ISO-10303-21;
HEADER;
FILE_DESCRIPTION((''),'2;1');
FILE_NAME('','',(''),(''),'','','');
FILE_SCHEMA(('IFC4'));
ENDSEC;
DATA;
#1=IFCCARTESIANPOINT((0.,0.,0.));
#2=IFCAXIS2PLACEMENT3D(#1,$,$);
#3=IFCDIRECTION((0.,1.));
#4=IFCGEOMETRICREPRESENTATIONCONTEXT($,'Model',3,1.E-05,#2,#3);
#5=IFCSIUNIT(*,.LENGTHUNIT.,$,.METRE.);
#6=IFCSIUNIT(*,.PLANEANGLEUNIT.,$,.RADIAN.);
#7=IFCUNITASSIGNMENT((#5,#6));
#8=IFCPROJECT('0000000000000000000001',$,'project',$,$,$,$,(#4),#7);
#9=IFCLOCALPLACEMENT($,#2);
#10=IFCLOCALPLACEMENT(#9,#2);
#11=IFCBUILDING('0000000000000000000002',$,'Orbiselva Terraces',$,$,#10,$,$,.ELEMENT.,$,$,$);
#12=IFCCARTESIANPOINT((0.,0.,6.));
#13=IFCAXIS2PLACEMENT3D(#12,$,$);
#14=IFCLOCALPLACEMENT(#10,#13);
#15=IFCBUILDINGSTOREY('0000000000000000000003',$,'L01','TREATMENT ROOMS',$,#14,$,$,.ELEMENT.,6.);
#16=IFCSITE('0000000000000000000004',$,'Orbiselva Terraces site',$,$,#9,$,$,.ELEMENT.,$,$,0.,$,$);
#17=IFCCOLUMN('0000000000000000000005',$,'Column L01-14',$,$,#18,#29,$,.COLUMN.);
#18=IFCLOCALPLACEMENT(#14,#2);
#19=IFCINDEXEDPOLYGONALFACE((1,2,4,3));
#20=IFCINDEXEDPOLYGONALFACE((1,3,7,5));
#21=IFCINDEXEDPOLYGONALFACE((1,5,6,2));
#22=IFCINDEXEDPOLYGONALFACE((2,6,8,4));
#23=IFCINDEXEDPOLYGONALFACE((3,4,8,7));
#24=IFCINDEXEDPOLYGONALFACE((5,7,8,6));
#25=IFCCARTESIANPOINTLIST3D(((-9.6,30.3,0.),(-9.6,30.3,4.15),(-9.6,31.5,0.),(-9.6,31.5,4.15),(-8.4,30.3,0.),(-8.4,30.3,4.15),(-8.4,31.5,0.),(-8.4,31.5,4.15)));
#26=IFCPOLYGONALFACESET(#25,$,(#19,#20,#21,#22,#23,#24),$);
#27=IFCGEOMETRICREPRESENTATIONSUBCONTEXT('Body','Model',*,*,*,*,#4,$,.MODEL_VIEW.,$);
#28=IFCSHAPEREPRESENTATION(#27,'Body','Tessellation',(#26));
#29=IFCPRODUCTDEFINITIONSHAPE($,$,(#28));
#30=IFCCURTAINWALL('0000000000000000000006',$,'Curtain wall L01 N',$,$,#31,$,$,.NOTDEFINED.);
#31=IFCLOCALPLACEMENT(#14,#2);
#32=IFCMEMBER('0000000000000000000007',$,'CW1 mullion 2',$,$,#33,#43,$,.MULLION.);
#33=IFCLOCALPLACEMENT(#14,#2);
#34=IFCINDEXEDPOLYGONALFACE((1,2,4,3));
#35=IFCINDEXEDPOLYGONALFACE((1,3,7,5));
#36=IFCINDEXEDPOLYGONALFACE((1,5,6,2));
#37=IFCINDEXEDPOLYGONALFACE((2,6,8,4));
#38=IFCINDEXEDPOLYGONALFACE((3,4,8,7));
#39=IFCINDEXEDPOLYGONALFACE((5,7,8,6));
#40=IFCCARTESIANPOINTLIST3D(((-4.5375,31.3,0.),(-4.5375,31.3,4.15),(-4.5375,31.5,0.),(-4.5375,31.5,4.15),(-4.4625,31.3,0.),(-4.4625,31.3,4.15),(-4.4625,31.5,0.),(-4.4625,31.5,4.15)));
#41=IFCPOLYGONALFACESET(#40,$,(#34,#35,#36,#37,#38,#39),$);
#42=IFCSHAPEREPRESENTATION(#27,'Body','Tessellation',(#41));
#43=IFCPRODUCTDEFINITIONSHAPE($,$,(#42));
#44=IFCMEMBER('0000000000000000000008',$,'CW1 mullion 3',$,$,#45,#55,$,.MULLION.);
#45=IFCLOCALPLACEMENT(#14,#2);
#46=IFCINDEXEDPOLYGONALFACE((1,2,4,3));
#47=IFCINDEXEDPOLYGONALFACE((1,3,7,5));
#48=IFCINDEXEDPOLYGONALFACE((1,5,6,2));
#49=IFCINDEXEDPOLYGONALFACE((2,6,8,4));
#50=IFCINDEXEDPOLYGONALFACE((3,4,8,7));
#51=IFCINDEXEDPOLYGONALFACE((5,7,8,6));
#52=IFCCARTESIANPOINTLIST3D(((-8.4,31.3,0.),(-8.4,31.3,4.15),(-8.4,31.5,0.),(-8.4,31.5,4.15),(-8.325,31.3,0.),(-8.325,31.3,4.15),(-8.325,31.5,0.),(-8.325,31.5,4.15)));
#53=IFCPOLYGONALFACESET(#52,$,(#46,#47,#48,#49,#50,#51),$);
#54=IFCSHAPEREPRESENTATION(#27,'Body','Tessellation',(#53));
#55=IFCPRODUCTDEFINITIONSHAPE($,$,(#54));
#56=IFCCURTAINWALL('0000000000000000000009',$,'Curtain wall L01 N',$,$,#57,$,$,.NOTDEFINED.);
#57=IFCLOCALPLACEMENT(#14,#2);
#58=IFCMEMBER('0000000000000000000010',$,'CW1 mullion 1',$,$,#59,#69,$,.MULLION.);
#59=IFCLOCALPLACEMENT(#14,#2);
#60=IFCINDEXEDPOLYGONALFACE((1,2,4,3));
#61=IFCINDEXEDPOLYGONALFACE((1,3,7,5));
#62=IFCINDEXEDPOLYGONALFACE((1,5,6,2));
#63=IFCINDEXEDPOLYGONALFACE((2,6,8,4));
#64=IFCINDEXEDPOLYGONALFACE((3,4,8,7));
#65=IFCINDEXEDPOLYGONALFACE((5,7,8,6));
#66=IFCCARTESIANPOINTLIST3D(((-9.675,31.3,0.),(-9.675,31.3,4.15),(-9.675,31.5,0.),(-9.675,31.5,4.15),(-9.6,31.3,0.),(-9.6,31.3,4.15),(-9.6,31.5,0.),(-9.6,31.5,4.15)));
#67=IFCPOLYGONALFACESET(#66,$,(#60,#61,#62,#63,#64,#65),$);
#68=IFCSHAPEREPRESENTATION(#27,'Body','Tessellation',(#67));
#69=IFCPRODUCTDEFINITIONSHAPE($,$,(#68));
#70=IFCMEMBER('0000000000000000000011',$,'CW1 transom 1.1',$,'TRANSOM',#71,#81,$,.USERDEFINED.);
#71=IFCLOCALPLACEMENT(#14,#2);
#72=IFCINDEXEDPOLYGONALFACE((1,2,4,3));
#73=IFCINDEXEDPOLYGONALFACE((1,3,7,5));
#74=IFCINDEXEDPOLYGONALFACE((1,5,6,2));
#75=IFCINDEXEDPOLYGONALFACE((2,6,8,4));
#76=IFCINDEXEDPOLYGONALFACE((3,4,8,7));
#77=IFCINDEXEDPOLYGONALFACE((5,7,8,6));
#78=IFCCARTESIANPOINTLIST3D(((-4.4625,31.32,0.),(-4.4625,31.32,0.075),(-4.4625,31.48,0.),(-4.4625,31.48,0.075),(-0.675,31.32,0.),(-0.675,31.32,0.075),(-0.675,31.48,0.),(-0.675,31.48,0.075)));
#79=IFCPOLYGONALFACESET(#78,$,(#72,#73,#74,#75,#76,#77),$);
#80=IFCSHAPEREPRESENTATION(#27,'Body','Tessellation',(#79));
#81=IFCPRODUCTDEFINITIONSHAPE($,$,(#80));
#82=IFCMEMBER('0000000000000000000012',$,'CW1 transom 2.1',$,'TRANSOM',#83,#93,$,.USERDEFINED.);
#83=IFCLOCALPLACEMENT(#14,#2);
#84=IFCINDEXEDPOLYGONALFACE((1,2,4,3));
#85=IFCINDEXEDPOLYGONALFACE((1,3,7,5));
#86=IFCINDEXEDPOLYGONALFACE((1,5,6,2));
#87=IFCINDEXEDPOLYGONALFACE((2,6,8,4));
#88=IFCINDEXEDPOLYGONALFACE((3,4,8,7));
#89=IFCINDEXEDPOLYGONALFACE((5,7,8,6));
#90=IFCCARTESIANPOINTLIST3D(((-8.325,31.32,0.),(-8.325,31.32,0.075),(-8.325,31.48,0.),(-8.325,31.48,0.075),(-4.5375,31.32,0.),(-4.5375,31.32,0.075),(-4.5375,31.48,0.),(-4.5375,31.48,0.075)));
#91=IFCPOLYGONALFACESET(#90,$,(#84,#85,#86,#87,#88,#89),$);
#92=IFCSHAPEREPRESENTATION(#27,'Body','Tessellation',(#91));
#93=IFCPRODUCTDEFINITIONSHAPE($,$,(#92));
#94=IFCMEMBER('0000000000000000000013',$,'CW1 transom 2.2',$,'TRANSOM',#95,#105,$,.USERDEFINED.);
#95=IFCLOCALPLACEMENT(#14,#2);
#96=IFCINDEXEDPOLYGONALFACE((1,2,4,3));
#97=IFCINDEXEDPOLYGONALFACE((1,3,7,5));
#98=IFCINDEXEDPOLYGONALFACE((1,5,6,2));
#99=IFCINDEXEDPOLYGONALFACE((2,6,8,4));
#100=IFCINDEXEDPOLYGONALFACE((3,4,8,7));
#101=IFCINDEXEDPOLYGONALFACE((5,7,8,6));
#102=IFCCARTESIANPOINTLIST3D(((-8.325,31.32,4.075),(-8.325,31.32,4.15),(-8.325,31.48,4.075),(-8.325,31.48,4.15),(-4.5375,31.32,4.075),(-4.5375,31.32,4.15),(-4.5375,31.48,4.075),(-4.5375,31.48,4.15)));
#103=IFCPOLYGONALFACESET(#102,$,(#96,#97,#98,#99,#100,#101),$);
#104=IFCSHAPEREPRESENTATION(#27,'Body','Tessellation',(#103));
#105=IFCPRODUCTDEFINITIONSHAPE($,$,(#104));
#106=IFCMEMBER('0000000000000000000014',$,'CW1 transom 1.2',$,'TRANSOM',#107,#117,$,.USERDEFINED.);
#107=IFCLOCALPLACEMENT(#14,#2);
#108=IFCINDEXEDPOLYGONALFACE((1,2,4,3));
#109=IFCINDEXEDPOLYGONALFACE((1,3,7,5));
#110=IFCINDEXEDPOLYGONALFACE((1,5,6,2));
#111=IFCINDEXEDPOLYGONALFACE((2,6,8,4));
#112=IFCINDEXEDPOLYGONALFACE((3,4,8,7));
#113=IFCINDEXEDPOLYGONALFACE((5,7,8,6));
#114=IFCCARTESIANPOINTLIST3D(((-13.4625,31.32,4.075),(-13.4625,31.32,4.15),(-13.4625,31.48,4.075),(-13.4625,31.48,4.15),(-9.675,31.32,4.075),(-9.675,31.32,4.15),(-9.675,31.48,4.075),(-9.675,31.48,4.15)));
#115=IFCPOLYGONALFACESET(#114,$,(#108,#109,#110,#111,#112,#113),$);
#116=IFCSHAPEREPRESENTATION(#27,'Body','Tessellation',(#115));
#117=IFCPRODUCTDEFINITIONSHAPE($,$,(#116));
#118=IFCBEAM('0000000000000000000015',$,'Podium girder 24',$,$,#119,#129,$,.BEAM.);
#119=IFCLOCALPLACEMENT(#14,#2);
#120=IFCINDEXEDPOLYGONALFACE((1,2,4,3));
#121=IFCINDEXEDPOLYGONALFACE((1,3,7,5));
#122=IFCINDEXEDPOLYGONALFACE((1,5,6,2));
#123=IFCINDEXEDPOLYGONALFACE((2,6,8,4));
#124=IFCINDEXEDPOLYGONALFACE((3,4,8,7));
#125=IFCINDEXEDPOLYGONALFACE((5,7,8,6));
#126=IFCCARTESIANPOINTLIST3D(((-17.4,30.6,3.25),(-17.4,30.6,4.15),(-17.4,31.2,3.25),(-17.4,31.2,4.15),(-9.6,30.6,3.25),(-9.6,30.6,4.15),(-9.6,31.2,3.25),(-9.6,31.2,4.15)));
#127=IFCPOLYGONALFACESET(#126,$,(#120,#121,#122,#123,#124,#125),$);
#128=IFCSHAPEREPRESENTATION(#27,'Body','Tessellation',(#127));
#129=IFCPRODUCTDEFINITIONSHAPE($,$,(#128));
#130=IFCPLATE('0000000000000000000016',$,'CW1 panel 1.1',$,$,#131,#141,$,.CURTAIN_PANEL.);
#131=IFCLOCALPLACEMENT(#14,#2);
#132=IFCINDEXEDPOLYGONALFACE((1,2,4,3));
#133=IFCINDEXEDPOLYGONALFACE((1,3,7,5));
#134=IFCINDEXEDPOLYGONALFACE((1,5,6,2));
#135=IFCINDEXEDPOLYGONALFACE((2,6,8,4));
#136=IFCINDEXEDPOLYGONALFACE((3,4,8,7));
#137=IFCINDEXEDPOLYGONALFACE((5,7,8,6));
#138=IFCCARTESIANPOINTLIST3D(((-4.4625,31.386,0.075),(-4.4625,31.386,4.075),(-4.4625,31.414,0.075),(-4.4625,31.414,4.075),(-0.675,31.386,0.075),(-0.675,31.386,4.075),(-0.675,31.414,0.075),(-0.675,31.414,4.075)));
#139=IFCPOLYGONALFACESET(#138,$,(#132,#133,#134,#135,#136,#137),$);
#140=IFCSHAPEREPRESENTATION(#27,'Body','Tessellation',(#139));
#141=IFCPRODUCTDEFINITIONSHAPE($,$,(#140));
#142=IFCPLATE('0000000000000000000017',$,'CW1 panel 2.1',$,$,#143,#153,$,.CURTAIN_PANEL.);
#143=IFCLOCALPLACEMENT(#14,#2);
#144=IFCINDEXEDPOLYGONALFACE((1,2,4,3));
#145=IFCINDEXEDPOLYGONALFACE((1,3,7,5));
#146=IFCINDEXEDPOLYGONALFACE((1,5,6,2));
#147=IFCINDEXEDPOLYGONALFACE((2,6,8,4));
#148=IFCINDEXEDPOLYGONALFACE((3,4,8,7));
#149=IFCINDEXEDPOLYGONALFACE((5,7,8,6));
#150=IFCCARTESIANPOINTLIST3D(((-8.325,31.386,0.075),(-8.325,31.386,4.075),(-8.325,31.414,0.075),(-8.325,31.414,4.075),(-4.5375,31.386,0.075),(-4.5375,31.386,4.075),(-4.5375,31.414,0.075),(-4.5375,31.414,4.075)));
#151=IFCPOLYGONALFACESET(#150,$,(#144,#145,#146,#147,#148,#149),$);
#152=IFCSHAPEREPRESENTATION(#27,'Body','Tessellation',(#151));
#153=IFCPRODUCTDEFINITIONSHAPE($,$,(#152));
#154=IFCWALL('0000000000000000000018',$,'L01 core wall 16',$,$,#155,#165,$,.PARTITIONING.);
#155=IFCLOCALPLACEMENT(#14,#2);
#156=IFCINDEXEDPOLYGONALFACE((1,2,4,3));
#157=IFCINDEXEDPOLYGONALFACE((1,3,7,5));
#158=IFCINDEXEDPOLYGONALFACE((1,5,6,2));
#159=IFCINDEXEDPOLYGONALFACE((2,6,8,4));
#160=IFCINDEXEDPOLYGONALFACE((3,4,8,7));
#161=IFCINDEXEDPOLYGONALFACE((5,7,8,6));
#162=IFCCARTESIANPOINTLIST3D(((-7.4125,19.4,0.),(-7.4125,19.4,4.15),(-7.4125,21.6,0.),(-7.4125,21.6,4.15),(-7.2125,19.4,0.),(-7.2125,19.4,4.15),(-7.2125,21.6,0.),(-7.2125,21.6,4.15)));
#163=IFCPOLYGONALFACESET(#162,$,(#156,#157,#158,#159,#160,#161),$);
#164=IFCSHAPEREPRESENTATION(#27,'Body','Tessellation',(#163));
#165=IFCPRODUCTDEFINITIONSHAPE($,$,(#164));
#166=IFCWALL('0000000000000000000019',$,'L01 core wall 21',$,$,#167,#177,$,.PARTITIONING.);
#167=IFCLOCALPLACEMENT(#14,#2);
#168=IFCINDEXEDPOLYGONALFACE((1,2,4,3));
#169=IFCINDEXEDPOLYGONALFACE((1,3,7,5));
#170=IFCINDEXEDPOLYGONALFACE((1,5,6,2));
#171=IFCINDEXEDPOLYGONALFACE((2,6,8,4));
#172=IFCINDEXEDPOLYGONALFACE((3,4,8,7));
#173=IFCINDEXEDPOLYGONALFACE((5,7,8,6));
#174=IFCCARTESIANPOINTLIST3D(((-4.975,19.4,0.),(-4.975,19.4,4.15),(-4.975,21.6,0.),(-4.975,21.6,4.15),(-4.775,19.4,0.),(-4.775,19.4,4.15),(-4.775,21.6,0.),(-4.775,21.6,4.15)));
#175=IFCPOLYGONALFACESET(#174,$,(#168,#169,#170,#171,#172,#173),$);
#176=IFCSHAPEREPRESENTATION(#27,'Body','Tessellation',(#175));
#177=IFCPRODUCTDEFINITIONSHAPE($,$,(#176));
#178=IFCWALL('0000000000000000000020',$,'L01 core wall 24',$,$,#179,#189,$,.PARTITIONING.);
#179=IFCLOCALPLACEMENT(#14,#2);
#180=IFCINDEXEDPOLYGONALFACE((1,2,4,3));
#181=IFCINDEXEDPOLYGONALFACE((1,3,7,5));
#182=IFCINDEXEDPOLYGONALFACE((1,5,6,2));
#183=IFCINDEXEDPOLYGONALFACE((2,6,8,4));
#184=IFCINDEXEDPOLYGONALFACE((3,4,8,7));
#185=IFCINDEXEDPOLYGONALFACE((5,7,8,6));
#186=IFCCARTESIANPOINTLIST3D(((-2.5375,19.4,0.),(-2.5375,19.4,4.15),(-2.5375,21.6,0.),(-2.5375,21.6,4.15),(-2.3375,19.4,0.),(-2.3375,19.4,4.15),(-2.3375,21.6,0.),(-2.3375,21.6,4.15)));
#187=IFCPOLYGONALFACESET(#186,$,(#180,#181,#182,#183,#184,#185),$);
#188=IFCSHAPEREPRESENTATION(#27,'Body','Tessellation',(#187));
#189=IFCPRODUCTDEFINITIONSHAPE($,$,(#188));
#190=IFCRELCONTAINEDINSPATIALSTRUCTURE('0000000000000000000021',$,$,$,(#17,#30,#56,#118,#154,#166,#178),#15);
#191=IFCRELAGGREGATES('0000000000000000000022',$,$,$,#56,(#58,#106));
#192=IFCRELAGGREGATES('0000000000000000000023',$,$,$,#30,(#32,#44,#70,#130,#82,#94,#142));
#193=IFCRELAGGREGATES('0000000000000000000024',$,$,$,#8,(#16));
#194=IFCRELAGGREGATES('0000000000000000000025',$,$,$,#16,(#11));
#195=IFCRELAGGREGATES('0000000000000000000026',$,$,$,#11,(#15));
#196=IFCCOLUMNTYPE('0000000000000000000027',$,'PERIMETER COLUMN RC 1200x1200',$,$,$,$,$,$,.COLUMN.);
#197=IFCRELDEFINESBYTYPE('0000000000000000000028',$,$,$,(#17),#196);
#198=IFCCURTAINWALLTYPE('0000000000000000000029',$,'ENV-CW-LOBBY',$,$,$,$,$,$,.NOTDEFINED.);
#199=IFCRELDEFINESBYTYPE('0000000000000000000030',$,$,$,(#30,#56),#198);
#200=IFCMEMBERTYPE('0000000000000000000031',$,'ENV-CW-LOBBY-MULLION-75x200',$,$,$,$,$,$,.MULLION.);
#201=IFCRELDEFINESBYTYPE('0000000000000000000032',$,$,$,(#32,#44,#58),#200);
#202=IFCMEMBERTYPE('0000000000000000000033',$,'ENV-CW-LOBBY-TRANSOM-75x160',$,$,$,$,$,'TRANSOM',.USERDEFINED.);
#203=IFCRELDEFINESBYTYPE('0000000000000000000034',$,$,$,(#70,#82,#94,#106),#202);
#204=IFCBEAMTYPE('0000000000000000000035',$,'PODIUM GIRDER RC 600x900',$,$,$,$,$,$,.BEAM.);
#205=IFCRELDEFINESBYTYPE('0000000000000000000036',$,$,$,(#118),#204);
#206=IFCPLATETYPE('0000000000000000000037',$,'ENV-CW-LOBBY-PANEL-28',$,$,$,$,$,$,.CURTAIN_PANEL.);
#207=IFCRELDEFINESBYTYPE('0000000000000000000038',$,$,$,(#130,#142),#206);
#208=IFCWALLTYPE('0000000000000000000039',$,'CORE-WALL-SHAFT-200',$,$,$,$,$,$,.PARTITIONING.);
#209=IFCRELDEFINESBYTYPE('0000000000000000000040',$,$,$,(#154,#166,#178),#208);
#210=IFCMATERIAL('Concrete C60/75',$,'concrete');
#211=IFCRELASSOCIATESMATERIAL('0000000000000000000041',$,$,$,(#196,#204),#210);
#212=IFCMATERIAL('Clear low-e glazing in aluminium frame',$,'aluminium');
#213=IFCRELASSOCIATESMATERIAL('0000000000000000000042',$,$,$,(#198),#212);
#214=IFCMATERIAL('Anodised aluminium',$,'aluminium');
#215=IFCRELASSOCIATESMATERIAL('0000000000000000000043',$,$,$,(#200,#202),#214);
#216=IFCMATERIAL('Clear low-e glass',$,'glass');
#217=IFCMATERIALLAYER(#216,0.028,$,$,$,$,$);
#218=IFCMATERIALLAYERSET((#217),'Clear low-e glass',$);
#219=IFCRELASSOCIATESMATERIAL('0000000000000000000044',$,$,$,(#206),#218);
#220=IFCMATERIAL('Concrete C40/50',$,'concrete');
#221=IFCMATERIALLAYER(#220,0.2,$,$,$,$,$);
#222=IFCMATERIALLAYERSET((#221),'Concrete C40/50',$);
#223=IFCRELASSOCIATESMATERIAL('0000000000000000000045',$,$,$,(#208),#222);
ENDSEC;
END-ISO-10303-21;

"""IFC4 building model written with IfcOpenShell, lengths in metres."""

from ifc_helpers import new_model, si_unit, direction, frame, frame_2d, origin, origin_2d, place, context, subcontext, project, spatial, rectangle, extrude, material, layer, layer_set, material_profile, profile_set, type_object, element, aggregate, save


model = new_model("IFC4")

# Units and contexts
model_context = context("Model", 3, precision=1e-05, world=origin(), true_north=direction((0.0, 1.0)))
body_context = subcontext(model_context, "Body", "Model", "MODEL_VIEW")
ifc_project = project(units=[si_unit("LENGTHUNIT", "METRE"), si_unit("PLANEANGLEUNIT", "RADIAN")], contexts=[model_context])

# Site, building, storey
site_placement = place(None, origin())
site = spatial("IfcSite", under=ifc_project, at=site_placement, Name="Orbiselva Terraces site", CompositionType="ELEMENT", RefElevation=0.0)
building_placement = place(site_placement, origin())
building = spatial("IfcBuilding", under=site, at=building_placement, Name="Orbiselva Terraces", CompositionType="ELEMENT")
storey_placement = place(building_placement, frame((0.0, 0.0, 6.0)))
storey = spatial("IfcBuildingStorey", under=building, at=storey_placement, Name="L01", Description="TREATMENT ROOMS", CompositionType="ELEMENT", Elevation=6.0)

# Column
ifc_material_1 = material(Name="Concrete C60/75", Category="concrete")
ifc_material_profile_1 = material_profile(ifc_material_1, rectangle(XDim=1.2, YDim=1.2, at=origin_2d()), Name="RC 1200x1200")
ifc_profile_set_1 = profile_set([ifc_material_profile_1], Name="Concrete C60/75")
column_type = type_object("IfcColumnType", Name="PERIMETER COLUMN RC 1200x1200", PredefinedType="COLUMN", material=ifc_profile_set_1)
column_placement = place(storey_placement, frame((-9.0, 30.9, 0.0), z_axis=(0.0, 0.0, 1.0), x_axis=(1.0, 0.0, 0.0)))
element("IfcColumn", 1, at=column_placement, inside=storey, type_object=column_type, Name="Column L01-14", PredefinedType="COLUMN", context=body_context, shape_type="SweptSolid", body=[
    extrude(rectangle(XDim=1.2, YDim=1.2, at=origin_2d()), origin(), (0.0, 0.0, 1.0), 4.15),
])

# Curtain wall, members
ifc_material_2 = material(Name="Clear low-e glazing in aluminium frame", Category="aluminium")
curtain_wall_type = type_object("IfcCurtainWallType", Name="ENV-CW-LOBBY", PredefinedType="NOTDEFINED", material=ifc_material_2)
curtain_wall_1_placement = place(storey_placement, origin())
curtain_wall_1 = element("IfcCurtainWall", 2, at=curtain_wall_1_placement, inside=storey, type_object=curtain_wall_type, Name="Curtain wall L01 N", PredefinedType="NOTDEFINED")
ifc_material_3 = material(Name="Anodised aluminium", Category="aluminium")
ifc_material_profile_2 = material_profile(ifc_material_3, rectangle(XDim=0.2, YDim=0.075, at=origin_2d()), Name="AL 75x200")
ifc_profile_set_2 = profile_set([ifc_material_profile_2], Name="Anodised aluminium")
member_type_1 = type_object("IfcMemberType", Name="ENV-CW-LOBBY-MULLION-75x200", PredefinedType="MULLION", material=ifc_profile_set_2)
member_1_placement = place(storey_placement, frame((-4.5, 31.4, 0.0), z_axis=(0.0, 0.0, 1.0), x_axis=(0.0, -1.0, 0.0)))
member_1 = element("IfcMember", 3, at=member_1_placement, type_object=member_type_1, Name="CW1 mullion 2", PredefinedType="MULLION", context=body_context, shape_type="SweptSolid", body=[
    extrude(rectangle(XDim=0.2, YDim=0.075, at=origin_2d()), origin(), (0.0, 0.0, 1.0), 4.15),
])
member_2_placement = place(storey_placement, frame((-8.3625, 31.4, 0.0), z_axis=(0.0, 0.0, 1.0), x_axis=(0.0, -1.0, 0.0)))
member_2 = element("IfcMember", 4, at=member_2_placement, type_object=member_type_1, Name="CW1 mullion 3", PredefinedType="MULLION", context=body_context, shape_type="SweptSolid", body=[
    extrude(rectangle(XDim=0.2, YDim=0.075, at=origin_2d()), origin(), (0.0, 0.0, 1.0), 4.15),
])

# Curtain wall, member
curtain_wall_2_placement = place(storey_placement, origin())
curtain_wall_2 = element("IfcCurtainWall", 5, at=curtain_wall_2_placement, inside=storey, type_object=curtain_wall_type, Name="Curtain wall L01 N", PredefinedType="NOTDEFINED")
member_3_placement = place(storey_placement, frame((-9.6375, 31.4, 0.0), z_axis=(0.0, 0.0, 1.0), x_axis=(0.0, -1.0, 0.0)))
member_3 = element("IfcMember", 6, at=member_3_placement, type_object=member_type_1, Name="CW1 mullion 1", PredefinedType="MULLION", context=body_context, shape_type="SweptSolid", body=[
    extrude(rectangle(XDim=0.2, YDim=0.075, at=origin_2d()), origin(), (0.0, 0.0, 1.0), 4.15),
])

# Members
ifc_material_profile_3 = material_profile(ifc_material_3, rectangle(XDim=0.16, YDim=0.075, at=origin_2d()), Name="AL 75x160")
ifc_profile_set_3 = profile_set([ifc_material_profile_3], Name="Anodised aluminium")
member_type_2 = type_object("IfcMemberType", Name="ENV-CW-LOBBY-TRANSOM-75x160", ElementType="TRANSOM", PredefinedType="USERDEFINED", material=ifc_profile_set_3)
member_4_placement = place(storey_placement, frame((-0.675, 31.4, 0.0375), z_axis=(-1.0, 0.0, 0.0), x_axis=(0.0, -1.0, 0.0)))
member_4 = element("IfcMember", 7, at=member_4_placement, type_object=member_type_2, Name="CW1 transom 1.1", ObjectType="TRANSOM", PredefinedType="USERDEFINED", context=body_context, shape_type="SweptSolid", body=[
    extrude(rectangle(XDim=0.16, YDim=0.075, at=origin_2d()), origin(), (0.0, 0.0, 1.0), 3.7875),
])
member_5_placement = place(storey_placement, frame((-4.5375, 31.4, 0.0375), z_axis=(-1.0, 0.0, 0.0), x_axis=(0.0, -1.0, 0.0)))
member_5 = element("IfcMember", 8, at=member_5_placement, type_object=member_type_2, Name="CW1 transom 2.1", ObjectType="TRANSOM", PredefinedType="USERDEFINED", context=body_context, shape_type="SweptSolid", body=[
    extrude(rectangle(XDim=0.16, YDim=0.075, at=origin_2d()), origin(), (0.0, 0.0, 1.0), 3.7875),
])
member_6_placement = place(storey_placement, frame((-4.5375, 31.4, 4.1125), z_axis=(-1.0, 0.0, 0.0), x_axis=(0.0, -1.0, 0.0)))
member_6 = element("IfcMember", 9, at=member_6_placement, type_object=member_type_2, Name="CW1 transom 2.2", ObjectType="TRANSOM", PredefinedType="USERDEFINED", context=body_context, shape_type="SweptSolid", body=[
    extrude(rectangle(XDim=0.16, YDim=0.075, at=origin_2d()), origin(), (0.0, 0.0, 1.0), 3.7875),
])
member_7_placement = place(storey_placement, frame((-9.675, 31.4, 4.1125), z_axis=(-1.0, 0.0, 0.0), x_axis=(0.0, -1.0, 0.0)))
member_7 = element("IfcMember", 10, at=member_7_placement, type_object=member_type_2, Name="CW1 transom 1.2", ObjectType="TRANSOM", PredefinedType="USERDEFINED", context=body_context, shape_type="SweptSolid", body=[
    extrude(rectangle(XDim=0.16, YDim=0.075, at=origin_2d()), origin(), (0.0, 0.0, 1.0), 3.7875),
])
aggregate(curtain_wall_2, [member_3, member_7])

# Beam
ifc_material_profile_4 = material_profile(ifc_material_1, rectangle(XDim=0.6, YDim=0.9, at=origin_2d()), Name="RC 600x900")
ifc_profile_set_4 = profile_set([ifc_material_profile_4], Name="Concrete C60/75")
beam_type = type_object("IfcBeamType", Name="PODIUM GIRDER RC 600x900", PredefinedType="BEAM", material=ifc_profile_set_4)
beam_placement = place(storey_placement, frame((-9.6, 30.9, 3.7), z_axis=(-1.0, 0.0, 0.0), x_axis=(0.0, -1.0, 0.0)))
element("IfcBeam", 11, at=beam_placement, inside=storey, type_object=beam_type, Name="Podium girder 24", PredefinedType="BEAM", context=body_context, shape_type="SweptSolid", body=[
    extrude(rectangle(XDim=0.6, YDim=0.9, at=origin_2d()), origin(), (0.0, 0.0, 1.0), 7.8),
])

# Plates
ifc_material_4 = material(Name="Clear low-e glass", Category="glass")
ifc_layer_1 = layer(ifc_material_4, 0.028)
ifc_layer_set_1 = layer_set([ifc_layer_1], Name="Clear low-e glass")
plate_type = type_object("IfcPlateType", Name="ENV-CW-LOBBY-PANEL-28", PredefinedType="CURTAIN_PANEL", material=ifc_layer_set_1)
plate_1_placement = place(storey_placement, frame((-2.5688, 31.4, 0.075), z_axis=(0.0, 0.0, 1.0), x_axis=(-1.0, 0.0, 0.0)))
plate_1 = element("IfcPlate", 12, at=plate_1_placement, type_object=plate_type, Name="CW1 panel 1.1", PredefinedType="CURTAIN_PANEL", context=body_context, shape_type="SweptSolid", body=[
    extrude(rectangle(XDim=3.7875, YDim=0.028, at=origin_2d()), origin(), (0.0, 0.0, 1.0), 4.0),
])
plate_2_placement = place(storey_placement, frame((-6.4313, 31.4, 0.075), z_axis=(0.0, 0.0, 1.0), x_axis=(-1.0, 0.0, 0.0)))
plate_2 = element("IfcPlate", 13, at=plate_2_placement, type_object=plate_type, Name="CW1 panel 2.1", PredefinedType="CURTAIN_PANEL", context=body_context, shape_type="SweptSolid", body=[
    extrude(rectangle(XDim=3.7875, YDim=0.028, at=origin_2d()), origin(), (0.0, 0.0, 1.0), 4.0),
])
aggregate(curtain_wall_1, [member_1, member_2, member_4, plate_1, member_5, member_6, plate_2])

# Walls
ifc_material_5 = material(Name="Concrete C40/50", Category="concrete")
ifc_layer_2 = layer(ifc_material_5, 0.2)
ifc_layer_set_2 = layer_set([ifc_layer_2], Name="Concrete C40/50")
wall_type_1 = type_object("IfcWallType", Name="CORE-WALL-SHAFT-200", PredefinedType="PARTITIONING", material=ifc_layer_set_2)
for number, where, z_axis, x_axis, name in (
    (14, (-7.3125, 19.4, 0.0), (0.0, 0.0, 1.0), (0.0, 1.0, 0.0), "L01 core wall 16"),
    (15, (-4.875, 19.4, 0.0), (0.0, 0.0, 1.0), (0.0, 1.0, 0.0), "L01 core wall 21"),
    (16, (-2.4375, 19.4, 0.0), (0.0, 0.0, 1.0), (0.0, 1.0, 0.0), "L01 core wall 24"),
):
    element("IfcWall", number, at=place(storey_placement, frame(where, z_axis=z_axis, x_axis=x_axis)), inside=storey, type_object=wall_type_1, Name=name, PredefinedType="PARTITIONING", context=body_context, shape_type="SweptSolid", body=[
        extrude(rectangle(XDim=2.2, YDim=0.2, at=frame_2d((1.1, 0.0))), origin(), (0.0, 0.0, 1.0), 4.15),
    ])

save(model, "model.ifc")
